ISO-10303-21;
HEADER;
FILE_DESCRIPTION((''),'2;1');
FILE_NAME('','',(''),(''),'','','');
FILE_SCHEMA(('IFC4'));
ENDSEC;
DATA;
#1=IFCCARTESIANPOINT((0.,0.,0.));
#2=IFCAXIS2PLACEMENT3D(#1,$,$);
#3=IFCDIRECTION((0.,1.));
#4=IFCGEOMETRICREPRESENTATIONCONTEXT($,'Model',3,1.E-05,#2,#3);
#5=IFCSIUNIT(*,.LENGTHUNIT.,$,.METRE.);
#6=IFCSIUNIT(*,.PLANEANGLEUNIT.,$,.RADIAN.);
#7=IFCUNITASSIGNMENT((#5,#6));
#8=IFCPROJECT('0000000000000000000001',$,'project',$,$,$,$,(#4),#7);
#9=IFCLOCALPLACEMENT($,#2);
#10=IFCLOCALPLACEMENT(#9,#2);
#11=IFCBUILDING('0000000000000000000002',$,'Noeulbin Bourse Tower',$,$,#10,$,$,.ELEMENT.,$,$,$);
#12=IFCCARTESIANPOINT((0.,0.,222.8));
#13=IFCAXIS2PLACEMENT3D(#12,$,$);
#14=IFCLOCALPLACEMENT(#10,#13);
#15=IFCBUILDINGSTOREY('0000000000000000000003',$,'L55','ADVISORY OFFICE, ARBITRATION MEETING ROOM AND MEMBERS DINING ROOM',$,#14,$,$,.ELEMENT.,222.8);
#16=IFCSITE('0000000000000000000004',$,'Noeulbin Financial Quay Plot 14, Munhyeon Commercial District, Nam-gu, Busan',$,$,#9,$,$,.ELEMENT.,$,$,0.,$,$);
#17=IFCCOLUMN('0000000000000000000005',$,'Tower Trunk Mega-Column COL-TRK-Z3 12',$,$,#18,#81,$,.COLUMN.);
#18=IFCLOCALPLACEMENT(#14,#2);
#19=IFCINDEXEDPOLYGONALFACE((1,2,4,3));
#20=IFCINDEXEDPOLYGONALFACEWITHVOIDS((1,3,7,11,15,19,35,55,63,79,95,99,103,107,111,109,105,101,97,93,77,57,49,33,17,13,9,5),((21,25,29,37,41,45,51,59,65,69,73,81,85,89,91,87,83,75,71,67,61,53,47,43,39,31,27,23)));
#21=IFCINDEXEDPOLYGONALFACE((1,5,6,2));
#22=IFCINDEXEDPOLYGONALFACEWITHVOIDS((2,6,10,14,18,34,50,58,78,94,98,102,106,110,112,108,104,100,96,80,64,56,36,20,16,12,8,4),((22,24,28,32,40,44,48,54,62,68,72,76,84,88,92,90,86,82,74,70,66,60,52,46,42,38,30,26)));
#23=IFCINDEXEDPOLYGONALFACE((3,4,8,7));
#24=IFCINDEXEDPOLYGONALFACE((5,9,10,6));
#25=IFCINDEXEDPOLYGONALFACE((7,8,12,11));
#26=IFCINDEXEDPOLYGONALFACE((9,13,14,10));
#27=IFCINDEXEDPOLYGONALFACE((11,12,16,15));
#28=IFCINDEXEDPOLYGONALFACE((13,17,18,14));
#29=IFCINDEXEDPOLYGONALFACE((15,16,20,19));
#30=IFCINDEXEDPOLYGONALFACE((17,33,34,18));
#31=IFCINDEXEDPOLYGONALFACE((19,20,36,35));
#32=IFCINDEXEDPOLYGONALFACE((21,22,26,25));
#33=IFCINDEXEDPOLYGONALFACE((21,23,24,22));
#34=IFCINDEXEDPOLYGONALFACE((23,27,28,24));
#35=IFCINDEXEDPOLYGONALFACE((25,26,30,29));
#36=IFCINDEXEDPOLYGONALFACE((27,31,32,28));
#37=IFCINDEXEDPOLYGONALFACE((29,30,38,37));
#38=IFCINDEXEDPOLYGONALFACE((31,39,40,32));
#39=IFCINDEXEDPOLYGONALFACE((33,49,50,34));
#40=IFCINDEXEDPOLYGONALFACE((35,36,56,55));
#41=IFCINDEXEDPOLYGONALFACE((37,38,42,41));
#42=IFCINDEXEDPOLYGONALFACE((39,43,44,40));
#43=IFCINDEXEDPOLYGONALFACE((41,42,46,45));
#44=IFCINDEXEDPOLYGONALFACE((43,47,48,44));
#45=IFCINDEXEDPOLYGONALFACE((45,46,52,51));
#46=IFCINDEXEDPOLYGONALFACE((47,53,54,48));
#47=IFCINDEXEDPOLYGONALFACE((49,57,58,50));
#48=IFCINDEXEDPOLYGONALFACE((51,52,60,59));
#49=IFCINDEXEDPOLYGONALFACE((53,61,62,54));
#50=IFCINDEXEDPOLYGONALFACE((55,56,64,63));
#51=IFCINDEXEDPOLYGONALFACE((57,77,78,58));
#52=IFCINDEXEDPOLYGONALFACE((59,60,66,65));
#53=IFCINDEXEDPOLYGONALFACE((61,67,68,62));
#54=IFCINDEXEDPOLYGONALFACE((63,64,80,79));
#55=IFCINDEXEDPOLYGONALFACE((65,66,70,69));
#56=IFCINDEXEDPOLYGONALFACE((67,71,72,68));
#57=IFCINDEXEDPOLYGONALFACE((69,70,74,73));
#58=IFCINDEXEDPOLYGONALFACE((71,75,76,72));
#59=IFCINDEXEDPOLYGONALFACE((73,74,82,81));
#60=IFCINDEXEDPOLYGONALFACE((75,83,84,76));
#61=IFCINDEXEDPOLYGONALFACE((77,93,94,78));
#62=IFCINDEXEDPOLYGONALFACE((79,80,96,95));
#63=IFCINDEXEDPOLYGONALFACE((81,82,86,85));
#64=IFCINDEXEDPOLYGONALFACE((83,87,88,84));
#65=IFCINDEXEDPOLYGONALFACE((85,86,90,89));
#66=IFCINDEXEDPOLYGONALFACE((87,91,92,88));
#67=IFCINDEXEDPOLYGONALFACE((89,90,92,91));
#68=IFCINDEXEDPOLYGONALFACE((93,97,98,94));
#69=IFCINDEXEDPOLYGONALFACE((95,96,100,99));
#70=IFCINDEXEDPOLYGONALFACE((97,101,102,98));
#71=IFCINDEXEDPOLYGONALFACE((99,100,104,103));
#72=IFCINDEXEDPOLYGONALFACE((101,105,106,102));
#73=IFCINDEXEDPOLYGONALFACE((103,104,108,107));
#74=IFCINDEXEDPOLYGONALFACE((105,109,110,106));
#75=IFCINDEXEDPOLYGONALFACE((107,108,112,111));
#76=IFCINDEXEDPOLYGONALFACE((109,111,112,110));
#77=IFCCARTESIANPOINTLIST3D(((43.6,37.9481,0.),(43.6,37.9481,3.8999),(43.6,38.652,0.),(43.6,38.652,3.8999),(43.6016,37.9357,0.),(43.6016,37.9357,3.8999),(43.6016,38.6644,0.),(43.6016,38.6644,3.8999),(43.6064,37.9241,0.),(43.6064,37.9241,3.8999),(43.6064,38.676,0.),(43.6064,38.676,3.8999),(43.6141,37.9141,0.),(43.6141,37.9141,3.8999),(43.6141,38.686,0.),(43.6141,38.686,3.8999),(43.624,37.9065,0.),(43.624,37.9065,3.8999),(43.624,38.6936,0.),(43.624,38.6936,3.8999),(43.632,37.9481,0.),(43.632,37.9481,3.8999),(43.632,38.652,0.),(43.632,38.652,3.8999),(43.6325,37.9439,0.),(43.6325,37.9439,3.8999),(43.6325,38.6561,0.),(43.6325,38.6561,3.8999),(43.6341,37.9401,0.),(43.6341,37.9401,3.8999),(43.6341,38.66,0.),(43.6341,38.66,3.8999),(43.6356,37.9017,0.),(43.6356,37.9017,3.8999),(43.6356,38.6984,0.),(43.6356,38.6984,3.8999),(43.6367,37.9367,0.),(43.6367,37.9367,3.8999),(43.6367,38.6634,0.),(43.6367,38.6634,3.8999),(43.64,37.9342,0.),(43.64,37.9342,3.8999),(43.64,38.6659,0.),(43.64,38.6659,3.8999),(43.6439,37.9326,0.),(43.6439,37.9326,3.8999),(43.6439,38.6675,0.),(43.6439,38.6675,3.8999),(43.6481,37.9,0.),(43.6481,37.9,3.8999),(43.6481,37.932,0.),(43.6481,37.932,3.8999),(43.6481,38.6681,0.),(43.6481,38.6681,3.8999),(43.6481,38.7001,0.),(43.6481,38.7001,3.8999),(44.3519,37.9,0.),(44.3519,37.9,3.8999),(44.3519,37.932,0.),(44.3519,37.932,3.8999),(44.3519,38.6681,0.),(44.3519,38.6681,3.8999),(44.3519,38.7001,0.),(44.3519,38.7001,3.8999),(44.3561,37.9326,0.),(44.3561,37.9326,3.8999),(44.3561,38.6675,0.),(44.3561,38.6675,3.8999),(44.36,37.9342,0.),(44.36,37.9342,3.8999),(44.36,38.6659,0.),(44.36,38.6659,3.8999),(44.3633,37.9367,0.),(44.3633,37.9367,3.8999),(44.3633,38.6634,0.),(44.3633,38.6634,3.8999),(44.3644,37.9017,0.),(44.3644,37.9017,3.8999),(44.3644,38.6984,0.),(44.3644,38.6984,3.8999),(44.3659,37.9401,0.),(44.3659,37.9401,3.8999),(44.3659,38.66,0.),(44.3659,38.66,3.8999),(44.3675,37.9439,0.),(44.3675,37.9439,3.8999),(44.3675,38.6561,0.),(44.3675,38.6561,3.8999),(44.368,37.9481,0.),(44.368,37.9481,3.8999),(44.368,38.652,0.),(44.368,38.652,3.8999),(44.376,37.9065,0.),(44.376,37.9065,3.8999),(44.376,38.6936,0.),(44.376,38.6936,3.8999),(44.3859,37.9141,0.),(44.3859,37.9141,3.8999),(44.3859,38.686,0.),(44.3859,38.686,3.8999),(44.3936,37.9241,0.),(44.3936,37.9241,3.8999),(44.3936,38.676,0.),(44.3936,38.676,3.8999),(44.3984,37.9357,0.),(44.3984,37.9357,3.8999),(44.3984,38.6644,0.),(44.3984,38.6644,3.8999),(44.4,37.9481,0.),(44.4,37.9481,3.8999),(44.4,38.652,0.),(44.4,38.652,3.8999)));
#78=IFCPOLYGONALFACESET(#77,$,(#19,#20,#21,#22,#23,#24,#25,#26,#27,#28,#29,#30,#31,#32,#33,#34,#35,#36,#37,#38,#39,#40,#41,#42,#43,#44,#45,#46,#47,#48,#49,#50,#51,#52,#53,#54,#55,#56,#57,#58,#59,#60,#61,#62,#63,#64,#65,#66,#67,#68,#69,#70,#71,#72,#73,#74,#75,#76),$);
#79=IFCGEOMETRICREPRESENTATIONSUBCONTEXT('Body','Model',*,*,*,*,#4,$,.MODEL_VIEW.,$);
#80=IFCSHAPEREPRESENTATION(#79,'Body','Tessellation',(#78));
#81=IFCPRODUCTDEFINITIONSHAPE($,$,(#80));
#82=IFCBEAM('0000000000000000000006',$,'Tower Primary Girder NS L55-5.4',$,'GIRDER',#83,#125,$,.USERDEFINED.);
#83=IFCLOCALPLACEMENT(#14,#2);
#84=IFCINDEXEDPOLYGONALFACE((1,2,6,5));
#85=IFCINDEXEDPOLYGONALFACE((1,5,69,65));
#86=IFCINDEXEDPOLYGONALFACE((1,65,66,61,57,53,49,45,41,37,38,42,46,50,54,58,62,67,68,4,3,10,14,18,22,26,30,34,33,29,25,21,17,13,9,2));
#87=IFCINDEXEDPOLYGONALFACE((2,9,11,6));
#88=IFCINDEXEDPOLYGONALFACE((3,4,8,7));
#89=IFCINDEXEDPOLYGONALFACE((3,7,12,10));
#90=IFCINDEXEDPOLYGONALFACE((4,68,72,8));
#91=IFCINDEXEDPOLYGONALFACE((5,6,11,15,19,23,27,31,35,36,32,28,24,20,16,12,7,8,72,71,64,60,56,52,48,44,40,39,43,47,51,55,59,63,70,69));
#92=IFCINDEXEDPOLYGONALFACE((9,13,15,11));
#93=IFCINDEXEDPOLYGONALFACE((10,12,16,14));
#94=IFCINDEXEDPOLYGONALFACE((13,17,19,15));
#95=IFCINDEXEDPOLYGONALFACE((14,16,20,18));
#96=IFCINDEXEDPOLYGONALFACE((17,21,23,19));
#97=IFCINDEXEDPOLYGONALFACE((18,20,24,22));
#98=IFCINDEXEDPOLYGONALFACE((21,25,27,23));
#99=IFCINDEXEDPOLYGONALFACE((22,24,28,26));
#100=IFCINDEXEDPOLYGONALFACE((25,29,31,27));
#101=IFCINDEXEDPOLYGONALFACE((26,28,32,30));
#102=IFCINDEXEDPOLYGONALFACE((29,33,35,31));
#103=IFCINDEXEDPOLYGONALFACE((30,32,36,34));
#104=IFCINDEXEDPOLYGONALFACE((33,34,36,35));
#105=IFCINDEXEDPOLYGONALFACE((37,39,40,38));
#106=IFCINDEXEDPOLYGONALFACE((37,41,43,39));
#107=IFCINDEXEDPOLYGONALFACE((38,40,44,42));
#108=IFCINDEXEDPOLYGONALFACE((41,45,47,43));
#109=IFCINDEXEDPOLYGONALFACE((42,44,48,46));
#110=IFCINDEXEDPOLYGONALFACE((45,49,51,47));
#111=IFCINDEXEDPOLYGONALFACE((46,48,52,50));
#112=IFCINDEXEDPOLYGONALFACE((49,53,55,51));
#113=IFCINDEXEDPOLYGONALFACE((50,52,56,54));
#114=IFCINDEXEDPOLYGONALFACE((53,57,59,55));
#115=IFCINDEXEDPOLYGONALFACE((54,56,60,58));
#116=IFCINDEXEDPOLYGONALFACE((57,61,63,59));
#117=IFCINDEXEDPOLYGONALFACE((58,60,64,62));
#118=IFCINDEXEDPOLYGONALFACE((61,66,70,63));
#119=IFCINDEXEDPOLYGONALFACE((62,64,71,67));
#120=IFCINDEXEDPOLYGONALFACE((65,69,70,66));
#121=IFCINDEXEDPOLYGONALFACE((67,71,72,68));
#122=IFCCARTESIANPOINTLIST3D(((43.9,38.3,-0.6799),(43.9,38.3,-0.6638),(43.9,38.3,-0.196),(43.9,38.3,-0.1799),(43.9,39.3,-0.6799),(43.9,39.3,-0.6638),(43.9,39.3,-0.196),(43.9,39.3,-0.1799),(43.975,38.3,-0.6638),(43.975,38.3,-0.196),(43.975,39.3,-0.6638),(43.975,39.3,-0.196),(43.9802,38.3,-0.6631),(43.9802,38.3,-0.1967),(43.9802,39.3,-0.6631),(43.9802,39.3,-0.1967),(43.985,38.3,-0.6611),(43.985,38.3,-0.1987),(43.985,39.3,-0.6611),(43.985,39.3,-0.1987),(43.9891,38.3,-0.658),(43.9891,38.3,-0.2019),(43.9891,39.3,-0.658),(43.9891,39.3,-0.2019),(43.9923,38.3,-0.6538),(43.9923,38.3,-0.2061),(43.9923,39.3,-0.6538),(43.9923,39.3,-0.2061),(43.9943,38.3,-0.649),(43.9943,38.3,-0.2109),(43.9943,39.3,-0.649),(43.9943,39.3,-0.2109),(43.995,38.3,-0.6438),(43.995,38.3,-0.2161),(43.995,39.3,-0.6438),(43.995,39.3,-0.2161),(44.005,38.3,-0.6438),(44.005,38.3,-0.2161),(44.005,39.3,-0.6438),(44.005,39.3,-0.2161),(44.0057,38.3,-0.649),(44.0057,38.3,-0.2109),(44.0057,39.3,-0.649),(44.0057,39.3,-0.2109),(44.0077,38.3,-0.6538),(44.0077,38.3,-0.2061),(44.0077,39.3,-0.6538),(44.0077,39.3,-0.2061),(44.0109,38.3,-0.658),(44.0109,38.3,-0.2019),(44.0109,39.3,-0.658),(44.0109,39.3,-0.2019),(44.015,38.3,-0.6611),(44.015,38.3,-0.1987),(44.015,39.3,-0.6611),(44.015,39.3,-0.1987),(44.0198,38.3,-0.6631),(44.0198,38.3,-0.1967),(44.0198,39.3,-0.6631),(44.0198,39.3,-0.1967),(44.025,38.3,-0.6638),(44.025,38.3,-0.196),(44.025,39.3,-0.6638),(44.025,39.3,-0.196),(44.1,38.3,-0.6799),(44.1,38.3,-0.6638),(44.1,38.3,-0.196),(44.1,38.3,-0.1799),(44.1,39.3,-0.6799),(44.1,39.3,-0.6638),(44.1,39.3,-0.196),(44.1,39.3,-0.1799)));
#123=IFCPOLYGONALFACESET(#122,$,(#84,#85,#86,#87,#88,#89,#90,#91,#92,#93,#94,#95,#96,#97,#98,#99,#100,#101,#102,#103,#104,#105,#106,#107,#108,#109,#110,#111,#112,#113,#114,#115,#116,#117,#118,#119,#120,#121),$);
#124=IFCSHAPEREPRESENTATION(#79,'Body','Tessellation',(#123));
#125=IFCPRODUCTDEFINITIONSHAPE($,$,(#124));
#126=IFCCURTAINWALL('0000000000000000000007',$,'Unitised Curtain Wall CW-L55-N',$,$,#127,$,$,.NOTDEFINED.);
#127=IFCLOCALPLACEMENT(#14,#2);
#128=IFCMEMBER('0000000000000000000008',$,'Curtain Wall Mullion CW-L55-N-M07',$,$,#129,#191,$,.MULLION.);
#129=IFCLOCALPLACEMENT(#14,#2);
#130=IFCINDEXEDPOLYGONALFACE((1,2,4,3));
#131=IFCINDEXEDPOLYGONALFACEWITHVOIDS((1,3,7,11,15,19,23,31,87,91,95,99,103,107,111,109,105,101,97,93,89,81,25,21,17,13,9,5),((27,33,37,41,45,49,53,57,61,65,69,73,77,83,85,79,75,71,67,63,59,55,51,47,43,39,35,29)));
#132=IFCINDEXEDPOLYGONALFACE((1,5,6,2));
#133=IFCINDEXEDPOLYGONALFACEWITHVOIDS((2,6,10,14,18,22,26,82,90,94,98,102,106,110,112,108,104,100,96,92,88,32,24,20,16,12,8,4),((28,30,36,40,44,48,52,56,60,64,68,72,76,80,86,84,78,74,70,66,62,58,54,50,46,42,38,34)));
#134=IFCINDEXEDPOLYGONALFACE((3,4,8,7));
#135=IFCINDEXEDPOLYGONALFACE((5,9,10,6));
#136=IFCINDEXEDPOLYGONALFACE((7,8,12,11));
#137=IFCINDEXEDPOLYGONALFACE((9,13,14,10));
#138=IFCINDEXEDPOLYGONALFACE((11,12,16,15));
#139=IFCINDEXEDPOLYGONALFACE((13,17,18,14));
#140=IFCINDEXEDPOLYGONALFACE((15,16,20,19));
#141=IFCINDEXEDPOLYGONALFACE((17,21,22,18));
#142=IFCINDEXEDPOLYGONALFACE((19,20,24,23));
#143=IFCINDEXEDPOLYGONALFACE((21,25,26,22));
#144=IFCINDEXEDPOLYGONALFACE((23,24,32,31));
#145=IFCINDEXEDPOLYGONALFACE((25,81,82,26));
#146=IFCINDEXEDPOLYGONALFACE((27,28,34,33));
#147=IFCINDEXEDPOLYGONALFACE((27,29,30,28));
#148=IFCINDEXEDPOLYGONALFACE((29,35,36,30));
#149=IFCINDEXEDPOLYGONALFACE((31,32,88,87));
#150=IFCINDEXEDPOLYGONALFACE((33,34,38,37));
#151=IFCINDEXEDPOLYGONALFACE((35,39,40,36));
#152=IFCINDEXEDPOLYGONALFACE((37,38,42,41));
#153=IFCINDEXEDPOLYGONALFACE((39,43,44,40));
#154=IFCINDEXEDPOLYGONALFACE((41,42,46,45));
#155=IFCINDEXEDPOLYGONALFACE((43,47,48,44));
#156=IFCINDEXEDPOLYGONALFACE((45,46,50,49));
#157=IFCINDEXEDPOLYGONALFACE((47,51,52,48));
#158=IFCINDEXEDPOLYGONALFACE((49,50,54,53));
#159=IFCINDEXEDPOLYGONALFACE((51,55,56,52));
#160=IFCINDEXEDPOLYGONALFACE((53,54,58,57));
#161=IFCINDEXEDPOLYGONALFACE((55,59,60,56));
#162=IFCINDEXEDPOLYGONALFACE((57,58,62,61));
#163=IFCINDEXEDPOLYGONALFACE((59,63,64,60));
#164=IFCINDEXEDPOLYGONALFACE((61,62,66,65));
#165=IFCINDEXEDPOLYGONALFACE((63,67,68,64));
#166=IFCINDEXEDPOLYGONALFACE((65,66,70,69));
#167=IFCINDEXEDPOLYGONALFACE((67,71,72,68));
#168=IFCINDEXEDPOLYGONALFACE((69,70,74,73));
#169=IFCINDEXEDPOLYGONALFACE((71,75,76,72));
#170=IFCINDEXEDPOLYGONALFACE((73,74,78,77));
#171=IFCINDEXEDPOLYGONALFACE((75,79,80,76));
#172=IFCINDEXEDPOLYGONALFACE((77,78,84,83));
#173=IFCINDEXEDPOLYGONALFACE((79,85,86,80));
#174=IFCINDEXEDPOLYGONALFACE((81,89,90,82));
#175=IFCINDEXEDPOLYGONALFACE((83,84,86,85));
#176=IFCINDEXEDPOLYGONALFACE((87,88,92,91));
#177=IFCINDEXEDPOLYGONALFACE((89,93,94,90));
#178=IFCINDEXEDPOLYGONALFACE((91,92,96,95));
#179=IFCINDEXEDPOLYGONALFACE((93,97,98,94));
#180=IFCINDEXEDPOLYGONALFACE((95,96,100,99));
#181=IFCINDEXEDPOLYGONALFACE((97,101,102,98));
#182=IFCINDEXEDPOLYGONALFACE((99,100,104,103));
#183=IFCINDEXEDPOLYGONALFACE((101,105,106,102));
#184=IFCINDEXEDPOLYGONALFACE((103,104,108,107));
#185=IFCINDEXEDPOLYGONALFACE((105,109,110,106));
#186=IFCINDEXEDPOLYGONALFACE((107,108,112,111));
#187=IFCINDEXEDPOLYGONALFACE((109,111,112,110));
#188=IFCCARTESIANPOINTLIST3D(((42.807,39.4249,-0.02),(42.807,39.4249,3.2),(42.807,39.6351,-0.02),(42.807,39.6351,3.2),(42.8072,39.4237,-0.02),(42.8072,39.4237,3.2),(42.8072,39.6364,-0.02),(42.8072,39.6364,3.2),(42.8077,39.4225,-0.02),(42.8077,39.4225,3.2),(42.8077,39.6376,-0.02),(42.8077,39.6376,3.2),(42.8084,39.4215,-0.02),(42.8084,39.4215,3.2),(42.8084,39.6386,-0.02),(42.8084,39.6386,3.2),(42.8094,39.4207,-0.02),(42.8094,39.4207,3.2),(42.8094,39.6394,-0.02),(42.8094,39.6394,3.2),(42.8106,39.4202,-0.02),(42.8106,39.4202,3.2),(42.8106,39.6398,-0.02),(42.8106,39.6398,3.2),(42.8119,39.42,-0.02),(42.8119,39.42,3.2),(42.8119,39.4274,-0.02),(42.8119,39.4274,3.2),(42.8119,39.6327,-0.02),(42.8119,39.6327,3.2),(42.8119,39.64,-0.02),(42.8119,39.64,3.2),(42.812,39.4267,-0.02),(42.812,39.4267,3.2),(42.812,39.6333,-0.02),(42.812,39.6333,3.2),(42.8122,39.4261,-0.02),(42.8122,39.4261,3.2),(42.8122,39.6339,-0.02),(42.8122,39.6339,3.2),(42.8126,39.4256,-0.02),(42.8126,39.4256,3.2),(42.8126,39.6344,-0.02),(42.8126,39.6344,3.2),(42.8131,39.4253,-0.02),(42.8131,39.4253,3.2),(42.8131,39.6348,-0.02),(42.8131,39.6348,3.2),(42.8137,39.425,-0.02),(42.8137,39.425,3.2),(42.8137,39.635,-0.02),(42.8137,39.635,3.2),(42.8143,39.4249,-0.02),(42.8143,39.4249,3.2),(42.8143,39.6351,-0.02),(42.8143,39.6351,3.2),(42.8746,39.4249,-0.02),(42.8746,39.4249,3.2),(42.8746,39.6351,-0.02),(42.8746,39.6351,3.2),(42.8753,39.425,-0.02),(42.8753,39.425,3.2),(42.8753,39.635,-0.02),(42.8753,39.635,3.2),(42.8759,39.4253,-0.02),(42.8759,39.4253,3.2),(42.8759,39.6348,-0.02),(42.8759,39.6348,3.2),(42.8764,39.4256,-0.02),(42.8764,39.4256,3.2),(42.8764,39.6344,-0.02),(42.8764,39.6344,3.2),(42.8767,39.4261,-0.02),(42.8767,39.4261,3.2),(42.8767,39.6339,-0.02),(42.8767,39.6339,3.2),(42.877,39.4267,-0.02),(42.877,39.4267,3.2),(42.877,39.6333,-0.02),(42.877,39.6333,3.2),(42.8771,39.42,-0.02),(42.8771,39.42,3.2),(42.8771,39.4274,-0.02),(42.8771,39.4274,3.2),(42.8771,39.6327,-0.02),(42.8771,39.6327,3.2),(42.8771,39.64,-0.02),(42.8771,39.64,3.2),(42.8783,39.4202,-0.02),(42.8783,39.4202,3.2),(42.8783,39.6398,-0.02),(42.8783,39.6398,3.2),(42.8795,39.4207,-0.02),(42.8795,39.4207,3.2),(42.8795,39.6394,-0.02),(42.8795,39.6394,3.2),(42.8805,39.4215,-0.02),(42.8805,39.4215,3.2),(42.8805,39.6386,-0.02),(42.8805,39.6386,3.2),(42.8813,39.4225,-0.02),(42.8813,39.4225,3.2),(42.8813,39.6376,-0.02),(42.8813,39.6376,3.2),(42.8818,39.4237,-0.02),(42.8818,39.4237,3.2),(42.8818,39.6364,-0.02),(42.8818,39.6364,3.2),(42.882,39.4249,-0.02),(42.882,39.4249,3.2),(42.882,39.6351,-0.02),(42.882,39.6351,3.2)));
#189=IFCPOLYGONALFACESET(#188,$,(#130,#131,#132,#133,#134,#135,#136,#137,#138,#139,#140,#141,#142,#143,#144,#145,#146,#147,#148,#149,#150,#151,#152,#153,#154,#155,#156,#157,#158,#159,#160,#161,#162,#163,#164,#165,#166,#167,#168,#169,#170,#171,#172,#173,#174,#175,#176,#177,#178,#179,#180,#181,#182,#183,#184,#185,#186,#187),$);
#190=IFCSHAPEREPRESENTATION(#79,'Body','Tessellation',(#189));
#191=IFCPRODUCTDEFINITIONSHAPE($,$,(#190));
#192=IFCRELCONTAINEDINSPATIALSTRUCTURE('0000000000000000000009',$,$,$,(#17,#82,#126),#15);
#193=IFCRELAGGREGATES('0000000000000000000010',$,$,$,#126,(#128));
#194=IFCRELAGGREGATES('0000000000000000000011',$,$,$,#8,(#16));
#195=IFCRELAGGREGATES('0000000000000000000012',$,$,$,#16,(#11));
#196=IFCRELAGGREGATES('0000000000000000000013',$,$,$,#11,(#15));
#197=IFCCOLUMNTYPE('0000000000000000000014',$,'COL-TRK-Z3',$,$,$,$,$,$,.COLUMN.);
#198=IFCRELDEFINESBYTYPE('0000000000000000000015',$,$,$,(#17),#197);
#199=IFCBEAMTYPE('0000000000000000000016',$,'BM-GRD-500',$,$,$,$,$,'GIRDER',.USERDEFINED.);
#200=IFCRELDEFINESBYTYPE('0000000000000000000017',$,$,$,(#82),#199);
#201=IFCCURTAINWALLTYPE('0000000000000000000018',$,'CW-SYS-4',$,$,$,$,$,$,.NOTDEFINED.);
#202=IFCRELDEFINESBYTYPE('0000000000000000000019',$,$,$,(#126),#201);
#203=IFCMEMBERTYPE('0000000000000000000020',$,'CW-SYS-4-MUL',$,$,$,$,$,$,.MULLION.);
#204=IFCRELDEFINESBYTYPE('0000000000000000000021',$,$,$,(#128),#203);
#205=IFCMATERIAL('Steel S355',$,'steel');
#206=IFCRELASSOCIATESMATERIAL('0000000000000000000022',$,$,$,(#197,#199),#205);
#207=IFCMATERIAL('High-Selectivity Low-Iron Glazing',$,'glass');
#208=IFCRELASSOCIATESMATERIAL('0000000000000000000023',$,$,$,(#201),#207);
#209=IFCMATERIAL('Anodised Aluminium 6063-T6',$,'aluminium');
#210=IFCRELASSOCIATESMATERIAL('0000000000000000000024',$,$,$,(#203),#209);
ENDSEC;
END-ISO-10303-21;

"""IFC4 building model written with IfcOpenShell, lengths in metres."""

from ifc_helpers import new_model, si_unit, direction, frame, origin, origin_2d, place, context, subcontext, project, spatial, hollow_rectangle, i_section, extrude, material, material_profile, profile_set, type_object, element, aggregate, save


model = new_model("IFC4")

# Units and contexts
model_context = context("Model", 3, precision=1e-05, world=origin(), true_north=direction((0.0, 1.0)))
body_context = subcontext(model_context, "Body", "Model", "MODEL_VIEW")
ifc_project = project(units=[si_unit("LENGTHUNIT", "METRE"), si_unit("PLANEANGLEUNIT", "RADIAN")], contexts=[model_context])

# Site, building, storey
site_placement = place(None, origin())
site = spatial("IfcSite", under=ifc_project, at=site_placement, Name="Noeulbin Financial Quay Plot 14, Munhyeon Commercial District, Nam-gu, Busan", CompositionType="ELEMENT", RefElevation=0.0)
building_placement = place(site_placement, origin())
building = spatial("IfcBuilding", under=site, at=building_placement, Name="Noeulbin Bourse Tower", CompositionType="ELEMENT")
storey_placement = place(building_placement, frame((0.0, 0.0, 222.8)))
storey = spatial("IfcBuildingStorey", under=building, at=storey_placement, Name="L55", Description="ADVISORY OFFICE, ARBITRATION MEETING ROOM AND MEMBERS DINING ROOM", CompositionType="ELEMENT", Elevation=222.8)

# Column
ifc_material_1 = material(Name="Steel S355", Category="steel")
ifc_material_profile_1 = material_profile(ifc_material_1, hollow_rectangle(XDim=0.8, YDim=0.8, WallThickness=0.032, InnerFilletRadius=0.0161, OuterFilletRadius=0.0481, at=origin_2d()), Name="BOX-800x800x32", Category="LoadBearing")
ifc_profile_set_1 = profile_set([ifc_material_profile_1], Name="Steel S355")
column_type = type_object("IfcColumnType", Name="COL-TRK-Z3", PredefinedType="COLUMN", material=ifc_profile_set_1)
column_placement = place(storey_placement, frame((44.0, 38.3, 0.0), z_axis=(0.0, 0.0, 1.0), x_axis=(1.0, 0.0, 0.0)))
element("IfcColumn", 1, at=column_placement, inside=storey, type_object=column_type, Name="Tower Trunk Mega-Column COL-TRK-Z3 12", PredefinedType="COLUMN", context=body_context, shape_type="SweptSolid", body=[
    extrude(hollow_rectangle(XDim=0.8, YDim=0.8, WallThickness=0.032, InnerFilletRadius=0.0161, OuterFilletRadius=0.0481, at=origin_2d()), origin(), (0.0, 0.0, 1.0), 3.8999),
])

# Beam
ifc_material_profile_2 = material_profile(ifc_material_1, i_section(OverallWidth=0.2, OverallDepth=0.5, WebThickness=0.01, FlangeThickness=0.0161, FilletRadius=0.02, at=origin_2d()), Name="H-500x200x10x16", Category="LoadBearing")
ifc_profile_set_2 = profile_set([ifc_material_profile_2], Name="Steel S355")
beam_type = type_object("IfcBeamType", Name="BM-GRD-500", ElementType="GIRDER", PredefinedType="USERDEFINED", material=ifc_profile_set_2)
beam_placement = place(storey_placement, frame((44.0, 38.3, -0.4299), z_axis=(0.0, 1.0, 0.0), x_axis=(-1.0, 0.0, 0.0)))
element("IfcBeam", 2, at=beam_placement, inside=storey, type_object=beam_type, Name="Tower Primary Girder NS L55-5.4", ObjectType="GIRDER", PredefinedType="USERDEFINED", context=body_context, shape_type="SweptSolid", body=[
    extrude(i_section(OverallWidth=0.2, OverallDepth=0.5, WebThickness=0.01, FlangeThickness=0.0161, FilletRadius=0.02, at=origin_2d()), origin(), (0.0, 0.0, 1.0), 1.0),
])

# Curtain wall, member
ifc_material_2 = material(Name="High-Selectivity Low-Iron Glazing", Category="glass")
curtain_wall_type = type_object("IfcCurtainWallType", Name="CW-SYS-4", PredefinedType="NOTDEFINED", material=ifc_material_2)
curtain_wall_1_placement = place(storey_placement, origin())
curtain_wall_1 = element("IfcCurtainWall", 3, at=curtain_wall_1_placement, inside=storey, type_object=curtain_wall_type, Name="Unitised Curtain Wall CW-L55-N", PredefinedType="NOTDEFINED")
ifc_material_3 = material(Name="Anodised Aluminium 6063-T6", Category="aluminium")
ifc_material_profile_3 = material_profile(ifc_material_3, hollow_rectangle(XDim=0.075, YDim=0.22, WallThickness=0.0049, InnerFilletRadius=0.0024, OuterFilletRadius=0.0049, at=origin_2d()), Name="ALU-MULL-75x220x5", Category="LoadBearing")
ifc_profile_set_3 = profile_set([ifc_material_profile_3], Name="Anodised Aluminium 6063-T6")
member_type_1 = type_object("IfcMemberType", Name="CW-SYS-4-MUL", PredefinedType="MULLION", material=ifc_profile_set_3)
member_1_placement = place(storey_placement, frame((42.8445, 39.53, -0.02), z_axis=(0.0, 0.0, 1.0), x_axis=(1.0, 0.0, 0.0)))
member_1 = element("IfcMember", 4, at=member_1_placement, type_object=member_type_1, Name="Curtain Wall Mullion CW-L55-N-M07", PredefinedType="MULLION", context=body_context, shape_type="SweptSolid", body=[
    extrude(hollow_rectangle(XDim=0.075, YDim=0.22, WallThickness=0.0049, InnerFilletRadius=0.0024, OuterFilletRadius=0.0049, at=origin_2d()), origin(), (0.0, 0.0, 1.0), 3.22),
])

aggregate(curtain_wall_1, [member_1])

save(model, "model.ifc")
